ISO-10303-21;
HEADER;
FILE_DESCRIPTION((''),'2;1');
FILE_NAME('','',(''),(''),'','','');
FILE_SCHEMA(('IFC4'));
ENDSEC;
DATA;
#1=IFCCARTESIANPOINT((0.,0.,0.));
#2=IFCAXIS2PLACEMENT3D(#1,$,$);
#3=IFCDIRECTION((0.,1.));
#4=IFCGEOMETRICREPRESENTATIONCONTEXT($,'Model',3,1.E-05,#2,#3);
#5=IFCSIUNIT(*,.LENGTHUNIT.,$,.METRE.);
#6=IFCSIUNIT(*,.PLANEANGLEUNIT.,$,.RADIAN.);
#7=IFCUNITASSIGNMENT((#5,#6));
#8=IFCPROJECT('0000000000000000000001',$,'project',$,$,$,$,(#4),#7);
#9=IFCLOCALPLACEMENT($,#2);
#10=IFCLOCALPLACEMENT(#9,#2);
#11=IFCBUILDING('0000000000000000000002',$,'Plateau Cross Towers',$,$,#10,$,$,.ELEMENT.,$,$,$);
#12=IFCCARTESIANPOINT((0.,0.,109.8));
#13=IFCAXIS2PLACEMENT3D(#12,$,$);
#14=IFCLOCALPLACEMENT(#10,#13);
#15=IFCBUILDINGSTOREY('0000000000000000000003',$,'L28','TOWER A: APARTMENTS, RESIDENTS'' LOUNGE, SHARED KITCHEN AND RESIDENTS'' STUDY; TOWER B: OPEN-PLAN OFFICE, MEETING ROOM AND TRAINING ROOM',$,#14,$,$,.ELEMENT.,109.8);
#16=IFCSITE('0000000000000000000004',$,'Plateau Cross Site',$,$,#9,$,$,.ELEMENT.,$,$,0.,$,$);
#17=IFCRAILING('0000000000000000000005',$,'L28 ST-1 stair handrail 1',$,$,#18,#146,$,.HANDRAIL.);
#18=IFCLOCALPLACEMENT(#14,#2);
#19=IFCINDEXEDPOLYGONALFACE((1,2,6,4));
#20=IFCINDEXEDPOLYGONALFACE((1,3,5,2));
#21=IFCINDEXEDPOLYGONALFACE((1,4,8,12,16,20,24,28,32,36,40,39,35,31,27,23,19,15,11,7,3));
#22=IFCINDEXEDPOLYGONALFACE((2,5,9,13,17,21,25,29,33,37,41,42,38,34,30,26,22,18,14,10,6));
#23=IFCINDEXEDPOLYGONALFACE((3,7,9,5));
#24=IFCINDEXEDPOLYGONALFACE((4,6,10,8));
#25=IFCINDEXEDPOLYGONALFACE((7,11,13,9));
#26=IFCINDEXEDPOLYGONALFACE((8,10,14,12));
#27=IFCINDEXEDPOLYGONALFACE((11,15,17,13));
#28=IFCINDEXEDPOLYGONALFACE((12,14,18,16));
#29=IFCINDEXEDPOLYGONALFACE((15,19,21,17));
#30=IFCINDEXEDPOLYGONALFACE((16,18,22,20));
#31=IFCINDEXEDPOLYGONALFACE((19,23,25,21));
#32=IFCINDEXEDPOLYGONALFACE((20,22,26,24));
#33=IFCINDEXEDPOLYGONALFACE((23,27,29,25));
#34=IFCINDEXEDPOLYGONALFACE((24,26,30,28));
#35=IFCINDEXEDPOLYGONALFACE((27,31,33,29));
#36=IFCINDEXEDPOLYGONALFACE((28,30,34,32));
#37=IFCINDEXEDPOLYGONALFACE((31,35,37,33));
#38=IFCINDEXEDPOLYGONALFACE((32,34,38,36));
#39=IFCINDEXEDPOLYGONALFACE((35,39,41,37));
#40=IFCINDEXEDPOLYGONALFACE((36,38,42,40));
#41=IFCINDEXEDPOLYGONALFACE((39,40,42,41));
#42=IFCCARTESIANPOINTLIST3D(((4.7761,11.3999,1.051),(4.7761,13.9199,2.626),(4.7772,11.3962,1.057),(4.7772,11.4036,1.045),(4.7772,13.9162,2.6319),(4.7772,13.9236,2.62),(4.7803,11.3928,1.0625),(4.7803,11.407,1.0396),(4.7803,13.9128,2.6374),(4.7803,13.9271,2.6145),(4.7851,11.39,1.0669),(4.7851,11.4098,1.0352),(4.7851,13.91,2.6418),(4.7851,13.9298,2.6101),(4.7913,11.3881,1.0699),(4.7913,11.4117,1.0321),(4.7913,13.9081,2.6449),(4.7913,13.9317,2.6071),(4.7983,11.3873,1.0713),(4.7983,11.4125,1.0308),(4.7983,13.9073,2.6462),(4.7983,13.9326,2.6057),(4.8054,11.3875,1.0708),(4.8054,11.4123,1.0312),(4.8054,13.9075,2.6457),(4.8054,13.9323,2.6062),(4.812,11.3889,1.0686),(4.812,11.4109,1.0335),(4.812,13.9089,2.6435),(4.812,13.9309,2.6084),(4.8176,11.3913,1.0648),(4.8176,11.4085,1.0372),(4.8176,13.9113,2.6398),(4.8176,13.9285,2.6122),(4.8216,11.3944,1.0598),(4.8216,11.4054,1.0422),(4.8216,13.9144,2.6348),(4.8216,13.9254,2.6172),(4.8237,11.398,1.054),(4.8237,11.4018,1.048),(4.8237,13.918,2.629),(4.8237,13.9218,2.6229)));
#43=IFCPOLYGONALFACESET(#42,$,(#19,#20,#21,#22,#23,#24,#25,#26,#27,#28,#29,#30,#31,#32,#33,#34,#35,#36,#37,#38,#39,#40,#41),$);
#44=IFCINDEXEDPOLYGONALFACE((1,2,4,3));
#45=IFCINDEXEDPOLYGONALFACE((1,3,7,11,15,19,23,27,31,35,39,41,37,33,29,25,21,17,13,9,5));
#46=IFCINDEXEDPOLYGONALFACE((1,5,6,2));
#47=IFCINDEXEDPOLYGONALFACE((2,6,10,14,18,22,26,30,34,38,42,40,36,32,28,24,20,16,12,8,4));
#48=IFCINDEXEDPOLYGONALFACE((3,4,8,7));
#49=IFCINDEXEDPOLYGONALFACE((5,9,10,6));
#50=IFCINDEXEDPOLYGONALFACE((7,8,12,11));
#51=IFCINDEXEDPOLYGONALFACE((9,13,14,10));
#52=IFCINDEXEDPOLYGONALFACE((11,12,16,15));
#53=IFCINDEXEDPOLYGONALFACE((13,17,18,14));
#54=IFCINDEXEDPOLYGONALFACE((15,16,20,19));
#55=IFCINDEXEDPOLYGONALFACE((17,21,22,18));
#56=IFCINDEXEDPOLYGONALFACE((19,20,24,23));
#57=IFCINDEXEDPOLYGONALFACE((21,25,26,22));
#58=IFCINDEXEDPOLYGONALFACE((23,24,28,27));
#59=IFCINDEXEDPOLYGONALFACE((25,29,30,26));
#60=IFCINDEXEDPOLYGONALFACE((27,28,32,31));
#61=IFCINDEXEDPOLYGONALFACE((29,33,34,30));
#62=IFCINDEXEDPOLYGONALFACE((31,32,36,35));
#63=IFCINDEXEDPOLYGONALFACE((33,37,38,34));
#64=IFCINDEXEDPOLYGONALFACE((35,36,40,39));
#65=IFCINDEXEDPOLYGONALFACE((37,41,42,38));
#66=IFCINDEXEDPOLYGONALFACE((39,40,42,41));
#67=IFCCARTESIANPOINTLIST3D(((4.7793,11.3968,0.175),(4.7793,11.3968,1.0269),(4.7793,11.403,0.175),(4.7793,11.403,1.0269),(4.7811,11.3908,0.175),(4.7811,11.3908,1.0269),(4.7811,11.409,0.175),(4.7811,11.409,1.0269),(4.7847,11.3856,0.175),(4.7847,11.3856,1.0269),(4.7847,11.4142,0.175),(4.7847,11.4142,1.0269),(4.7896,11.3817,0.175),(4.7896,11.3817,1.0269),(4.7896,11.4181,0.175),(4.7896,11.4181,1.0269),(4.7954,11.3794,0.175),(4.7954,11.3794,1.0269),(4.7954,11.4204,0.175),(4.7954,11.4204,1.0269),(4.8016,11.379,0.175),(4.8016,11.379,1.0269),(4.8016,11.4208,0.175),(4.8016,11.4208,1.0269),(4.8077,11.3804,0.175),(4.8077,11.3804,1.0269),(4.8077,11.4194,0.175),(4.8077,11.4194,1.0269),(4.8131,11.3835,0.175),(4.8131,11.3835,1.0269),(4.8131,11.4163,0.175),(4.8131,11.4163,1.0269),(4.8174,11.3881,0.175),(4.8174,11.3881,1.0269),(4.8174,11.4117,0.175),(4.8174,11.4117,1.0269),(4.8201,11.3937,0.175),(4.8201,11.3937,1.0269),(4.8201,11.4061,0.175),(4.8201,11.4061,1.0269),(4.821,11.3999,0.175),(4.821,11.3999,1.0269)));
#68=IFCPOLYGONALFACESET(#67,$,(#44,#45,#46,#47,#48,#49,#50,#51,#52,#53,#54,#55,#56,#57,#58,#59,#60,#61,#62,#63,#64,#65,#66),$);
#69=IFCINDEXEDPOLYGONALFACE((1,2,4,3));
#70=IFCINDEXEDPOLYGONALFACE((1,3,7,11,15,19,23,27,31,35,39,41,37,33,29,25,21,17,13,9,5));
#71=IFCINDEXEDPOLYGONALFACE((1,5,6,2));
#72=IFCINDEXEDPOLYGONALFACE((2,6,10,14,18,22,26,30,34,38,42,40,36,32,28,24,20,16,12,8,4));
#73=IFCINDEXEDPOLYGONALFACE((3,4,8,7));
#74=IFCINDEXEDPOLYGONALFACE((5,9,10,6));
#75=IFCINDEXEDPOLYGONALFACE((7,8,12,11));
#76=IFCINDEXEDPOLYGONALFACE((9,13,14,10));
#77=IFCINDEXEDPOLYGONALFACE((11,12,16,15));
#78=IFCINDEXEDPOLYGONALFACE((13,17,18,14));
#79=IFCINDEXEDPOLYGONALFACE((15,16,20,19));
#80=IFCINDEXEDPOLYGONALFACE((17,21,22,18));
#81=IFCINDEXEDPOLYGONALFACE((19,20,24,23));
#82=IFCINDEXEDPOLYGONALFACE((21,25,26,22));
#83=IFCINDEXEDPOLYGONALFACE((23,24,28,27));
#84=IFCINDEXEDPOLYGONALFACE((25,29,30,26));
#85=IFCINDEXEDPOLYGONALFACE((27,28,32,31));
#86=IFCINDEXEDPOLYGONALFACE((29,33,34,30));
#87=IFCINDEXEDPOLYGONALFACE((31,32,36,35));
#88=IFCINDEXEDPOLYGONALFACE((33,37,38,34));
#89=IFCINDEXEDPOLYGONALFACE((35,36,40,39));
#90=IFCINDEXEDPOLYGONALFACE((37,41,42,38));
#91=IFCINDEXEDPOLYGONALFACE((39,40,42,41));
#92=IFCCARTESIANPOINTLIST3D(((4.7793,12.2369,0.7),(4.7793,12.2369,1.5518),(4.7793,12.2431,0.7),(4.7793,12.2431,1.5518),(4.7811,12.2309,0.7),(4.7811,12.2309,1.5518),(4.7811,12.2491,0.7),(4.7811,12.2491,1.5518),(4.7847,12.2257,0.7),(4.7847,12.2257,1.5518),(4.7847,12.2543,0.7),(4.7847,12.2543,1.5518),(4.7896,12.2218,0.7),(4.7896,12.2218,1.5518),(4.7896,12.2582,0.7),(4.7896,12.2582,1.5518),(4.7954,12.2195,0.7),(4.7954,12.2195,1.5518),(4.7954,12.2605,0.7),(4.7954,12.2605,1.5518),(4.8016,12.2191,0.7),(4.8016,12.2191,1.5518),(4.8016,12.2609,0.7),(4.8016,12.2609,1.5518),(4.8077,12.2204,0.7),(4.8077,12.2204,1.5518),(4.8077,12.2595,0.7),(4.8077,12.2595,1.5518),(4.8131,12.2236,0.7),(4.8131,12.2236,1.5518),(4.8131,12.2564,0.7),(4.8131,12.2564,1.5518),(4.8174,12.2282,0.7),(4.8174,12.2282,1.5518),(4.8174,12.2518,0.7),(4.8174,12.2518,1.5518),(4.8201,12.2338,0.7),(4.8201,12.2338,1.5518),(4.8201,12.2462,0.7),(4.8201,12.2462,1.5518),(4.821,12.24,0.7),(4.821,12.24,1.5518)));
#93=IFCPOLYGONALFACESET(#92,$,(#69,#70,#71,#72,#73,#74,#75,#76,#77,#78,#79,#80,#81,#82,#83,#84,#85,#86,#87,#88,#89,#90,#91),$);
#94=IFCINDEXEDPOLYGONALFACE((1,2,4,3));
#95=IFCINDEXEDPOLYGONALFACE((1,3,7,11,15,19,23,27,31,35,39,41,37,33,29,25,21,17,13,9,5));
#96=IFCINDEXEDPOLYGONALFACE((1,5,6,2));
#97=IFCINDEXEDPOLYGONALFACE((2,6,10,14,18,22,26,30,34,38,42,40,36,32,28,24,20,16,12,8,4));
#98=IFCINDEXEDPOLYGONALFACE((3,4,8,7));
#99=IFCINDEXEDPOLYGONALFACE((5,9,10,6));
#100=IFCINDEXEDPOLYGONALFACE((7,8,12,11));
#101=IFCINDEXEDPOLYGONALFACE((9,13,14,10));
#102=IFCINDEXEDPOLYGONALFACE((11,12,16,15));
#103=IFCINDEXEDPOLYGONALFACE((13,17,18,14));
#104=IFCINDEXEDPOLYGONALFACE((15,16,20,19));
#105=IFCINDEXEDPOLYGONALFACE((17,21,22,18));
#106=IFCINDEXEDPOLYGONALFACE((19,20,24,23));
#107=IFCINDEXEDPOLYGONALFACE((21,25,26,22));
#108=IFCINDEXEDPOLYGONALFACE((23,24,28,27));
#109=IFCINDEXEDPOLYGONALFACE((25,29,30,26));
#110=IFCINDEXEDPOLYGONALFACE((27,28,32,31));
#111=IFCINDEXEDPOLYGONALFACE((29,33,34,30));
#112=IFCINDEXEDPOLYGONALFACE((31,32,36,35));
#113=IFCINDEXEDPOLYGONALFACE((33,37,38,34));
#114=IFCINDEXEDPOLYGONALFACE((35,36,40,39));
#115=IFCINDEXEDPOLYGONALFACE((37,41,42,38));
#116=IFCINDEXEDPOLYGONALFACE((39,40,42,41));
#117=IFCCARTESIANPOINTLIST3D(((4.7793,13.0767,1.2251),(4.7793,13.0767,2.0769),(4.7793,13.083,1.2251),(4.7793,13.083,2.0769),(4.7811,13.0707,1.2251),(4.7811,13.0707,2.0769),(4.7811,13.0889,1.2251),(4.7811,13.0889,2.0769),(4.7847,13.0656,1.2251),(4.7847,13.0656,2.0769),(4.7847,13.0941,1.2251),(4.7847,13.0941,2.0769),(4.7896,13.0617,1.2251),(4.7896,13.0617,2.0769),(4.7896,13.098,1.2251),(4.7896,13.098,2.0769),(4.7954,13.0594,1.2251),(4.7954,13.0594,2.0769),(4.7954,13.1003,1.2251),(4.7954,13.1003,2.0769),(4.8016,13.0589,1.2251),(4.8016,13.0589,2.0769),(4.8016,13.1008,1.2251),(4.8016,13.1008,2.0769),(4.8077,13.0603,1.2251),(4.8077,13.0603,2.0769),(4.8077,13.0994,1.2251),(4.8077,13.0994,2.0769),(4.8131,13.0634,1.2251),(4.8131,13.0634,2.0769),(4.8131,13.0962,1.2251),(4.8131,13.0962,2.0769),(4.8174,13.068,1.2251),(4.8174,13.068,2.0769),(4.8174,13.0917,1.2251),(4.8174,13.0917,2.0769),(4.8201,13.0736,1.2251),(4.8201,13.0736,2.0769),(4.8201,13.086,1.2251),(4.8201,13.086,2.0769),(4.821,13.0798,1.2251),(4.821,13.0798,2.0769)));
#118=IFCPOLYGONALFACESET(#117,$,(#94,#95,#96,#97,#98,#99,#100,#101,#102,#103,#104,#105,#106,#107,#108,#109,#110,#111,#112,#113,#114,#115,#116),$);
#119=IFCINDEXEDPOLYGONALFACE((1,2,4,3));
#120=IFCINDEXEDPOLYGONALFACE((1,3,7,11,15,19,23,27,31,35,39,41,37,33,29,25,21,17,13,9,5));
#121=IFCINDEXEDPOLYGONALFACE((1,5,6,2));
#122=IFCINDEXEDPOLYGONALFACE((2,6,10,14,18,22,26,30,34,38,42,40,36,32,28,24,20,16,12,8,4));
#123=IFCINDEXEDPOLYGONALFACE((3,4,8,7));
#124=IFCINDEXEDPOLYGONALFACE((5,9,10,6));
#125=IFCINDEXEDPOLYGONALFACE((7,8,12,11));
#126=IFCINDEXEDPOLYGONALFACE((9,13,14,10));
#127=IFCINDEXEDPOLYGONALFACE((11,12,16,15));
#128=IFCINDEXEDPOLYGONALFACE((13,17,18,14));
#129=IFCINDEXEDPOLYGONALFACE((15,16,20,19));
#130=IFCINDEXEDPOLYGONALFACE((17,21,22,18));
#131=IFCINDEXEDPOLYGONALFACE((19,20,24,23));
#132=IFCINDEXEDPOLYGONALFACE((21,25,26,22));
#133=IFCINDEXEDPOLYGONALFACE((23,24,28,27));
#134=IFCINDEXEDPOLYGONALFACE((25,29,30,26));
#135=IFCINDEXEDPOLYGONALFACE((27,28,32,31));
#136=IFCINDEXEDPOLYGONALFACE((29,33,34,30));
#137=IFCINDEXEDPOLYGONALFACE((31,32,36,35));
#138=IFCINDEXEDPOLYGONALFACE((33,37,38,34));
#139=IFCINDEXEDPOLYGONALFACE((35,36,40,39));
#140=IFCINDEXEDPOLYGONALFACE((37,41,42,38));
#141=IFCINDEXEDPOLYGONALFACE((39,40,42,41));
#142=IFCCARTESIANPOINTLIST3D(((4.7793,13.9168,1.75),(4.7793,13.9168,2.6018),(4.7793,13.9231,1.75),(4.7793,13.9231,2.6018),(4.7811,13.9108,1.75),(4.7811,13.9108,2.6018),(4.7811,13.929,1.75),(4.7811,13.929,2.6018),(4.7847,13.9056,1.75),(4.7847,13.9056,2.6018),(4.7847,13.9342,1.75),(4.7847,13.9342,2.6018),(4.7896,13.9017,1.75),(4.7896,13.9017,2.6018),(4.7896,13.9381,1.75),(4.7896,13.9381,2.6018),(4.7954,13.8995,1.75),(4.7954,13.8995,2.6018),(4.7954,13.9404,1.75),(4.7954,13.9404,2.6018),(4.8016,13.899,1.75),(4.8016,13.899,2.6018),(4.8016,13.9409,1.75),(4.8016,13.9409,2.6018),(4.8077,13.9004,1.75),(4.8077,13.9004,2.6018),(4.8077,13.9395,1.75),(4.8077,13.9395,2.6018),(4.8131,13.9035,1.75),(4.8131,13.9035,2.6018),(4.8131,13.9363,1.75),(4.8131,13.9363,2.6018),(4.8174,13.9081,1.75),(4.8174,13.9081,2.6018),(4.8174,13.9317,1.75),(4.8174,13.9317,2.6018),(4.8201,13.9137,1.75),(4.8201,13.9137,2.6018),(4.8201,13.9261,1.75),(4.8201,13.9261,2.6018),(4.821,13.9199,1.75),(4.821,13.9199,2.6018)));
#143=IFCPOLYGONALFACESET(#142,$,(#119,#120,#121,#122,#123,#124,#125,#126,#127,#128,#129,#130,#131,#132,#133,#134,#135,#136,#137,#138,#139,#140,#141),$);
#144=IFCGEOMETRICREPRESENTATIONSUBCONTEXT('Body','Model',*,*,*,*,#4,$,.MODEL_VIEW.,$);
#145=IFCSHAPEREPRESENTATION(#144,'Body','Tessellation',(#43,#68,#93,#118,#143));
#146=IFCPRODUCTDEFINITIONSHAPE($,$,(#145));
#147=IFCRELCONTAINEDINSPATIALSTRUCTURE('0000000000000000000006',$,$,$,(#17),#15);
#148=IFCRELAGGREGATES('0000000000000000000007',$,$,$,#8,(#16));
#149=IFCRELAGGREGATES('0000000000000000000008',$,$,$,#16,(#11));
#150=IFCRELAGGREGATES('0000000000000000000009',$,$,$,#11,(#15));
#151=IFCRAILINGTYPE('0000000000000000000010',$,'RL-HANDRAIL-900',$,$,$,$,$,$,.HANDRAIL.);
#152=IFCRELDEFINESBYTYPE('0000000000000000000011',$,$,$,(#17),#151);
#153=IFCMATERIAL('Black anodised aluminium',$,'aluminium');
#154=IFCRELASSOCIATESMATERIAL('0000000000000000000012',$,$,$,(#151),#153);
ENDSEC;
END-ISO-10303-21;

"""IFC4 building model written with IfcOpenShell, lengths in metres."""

from ifc_helpers import new_model, si_unit, direction, frame, origin, origin_2d, place, context, subcontext, project, spatial, circle, extrude, material, type_object, element, save


model = new_model("IFC4")

# Units and contexts
model_context = context("Model", 3, precision=1e-05, world=origin(), true_north=direction((0.0, 1.0)))
body_context = subcontext(model_context, "Body", "Model", "MODEL_VIEW")
ifc_project = project(units=[si_unit("LENGTHUNIT", "METRE"), si_unit("PLANEANGLEUNIT", "RADIAN")], contexts=[model_context])

# Site, building, storey
site_placement = place(None, origin())
site = spatial("IfcSite", under=ifc_project, at=site_placement, Name="Plateau Cross Site", CompositionType="ELEMENT", RefElevation=0.0)
building_placement = place(site_placement, origin())
building = spatial("IfcBuilding", under=site, at=building_placement, Name="Plateau Cross Towers", CompositionType="ELEMENT")
storey_placement = place(building_placement, frame((0.0, 0.0, 109.8)))
storey = spatial("IfcBuildingStorey", under=building, at=storey_placement, Name="L28", Description="TOWER A: APARTMENTS, RESIDENTS' LOUNGE, SHARED KITCHEN AND RESIDENTS' STUDY; TOWER B: OPEN-PLAN OFFICE, MEETING ROOM AND TRAINING ROOM", CompositionType="ELEMENT", Elevation=109.8)

# Shared definitions
ifc_material_1 = material(Name="Black anodised aluminium", Category="aluminium")

# Railing
railing_type_1 = type_object("IfcRailingType", Name="RL-HANDRAIL-900", PredefinedType="HANDRAIL", material=ifc_material_1)
railing_1_placement = place(storey_placement, frame((4.8, 11.3999, 0.175)))
element("IfcRailing", 1, at=railing_1_placement, inside=storey, type_object=railing_type_1, Name="L28 ST-1 stair handrail 1", PredefinedType="HANDRAIL", context=body_context, shape_type="SweptSolid", body=[
    extrude(circle(Radius=0.0239, at=origin_2d()), frame((0.0, 0.0, 0.876), z_axis=(0.0, 0.848008, 0.529984), x_axis=(-1.0, 0.0, 0.0)), (0.0, 0.0, 1.0), 2.9717),
    extrude(circle(Radius=0.021, at=origin_2d()), origin(), (0.0, 0.0, 1.0), 0.8518),
    extrude(circle(Radius=0.021, at=origin_2d()), frame((0.0, 0.8401, 0.5249)), (0.0, 0.0, 1.0), 0.8518),
    extrude(circle(Radius=0.021, at=origin_2d()), frame((0.0, 1.6799, 1.05)), (0.0, 0.0, 1.0), 0.8518),
    extrude(circle(Radius=0.021, at=origin_2d()), frame((0.0, 2.52, 1.575)), (0.0, 0.0, 1.0), 0.8518),
])

save(model, "model.ifc")
